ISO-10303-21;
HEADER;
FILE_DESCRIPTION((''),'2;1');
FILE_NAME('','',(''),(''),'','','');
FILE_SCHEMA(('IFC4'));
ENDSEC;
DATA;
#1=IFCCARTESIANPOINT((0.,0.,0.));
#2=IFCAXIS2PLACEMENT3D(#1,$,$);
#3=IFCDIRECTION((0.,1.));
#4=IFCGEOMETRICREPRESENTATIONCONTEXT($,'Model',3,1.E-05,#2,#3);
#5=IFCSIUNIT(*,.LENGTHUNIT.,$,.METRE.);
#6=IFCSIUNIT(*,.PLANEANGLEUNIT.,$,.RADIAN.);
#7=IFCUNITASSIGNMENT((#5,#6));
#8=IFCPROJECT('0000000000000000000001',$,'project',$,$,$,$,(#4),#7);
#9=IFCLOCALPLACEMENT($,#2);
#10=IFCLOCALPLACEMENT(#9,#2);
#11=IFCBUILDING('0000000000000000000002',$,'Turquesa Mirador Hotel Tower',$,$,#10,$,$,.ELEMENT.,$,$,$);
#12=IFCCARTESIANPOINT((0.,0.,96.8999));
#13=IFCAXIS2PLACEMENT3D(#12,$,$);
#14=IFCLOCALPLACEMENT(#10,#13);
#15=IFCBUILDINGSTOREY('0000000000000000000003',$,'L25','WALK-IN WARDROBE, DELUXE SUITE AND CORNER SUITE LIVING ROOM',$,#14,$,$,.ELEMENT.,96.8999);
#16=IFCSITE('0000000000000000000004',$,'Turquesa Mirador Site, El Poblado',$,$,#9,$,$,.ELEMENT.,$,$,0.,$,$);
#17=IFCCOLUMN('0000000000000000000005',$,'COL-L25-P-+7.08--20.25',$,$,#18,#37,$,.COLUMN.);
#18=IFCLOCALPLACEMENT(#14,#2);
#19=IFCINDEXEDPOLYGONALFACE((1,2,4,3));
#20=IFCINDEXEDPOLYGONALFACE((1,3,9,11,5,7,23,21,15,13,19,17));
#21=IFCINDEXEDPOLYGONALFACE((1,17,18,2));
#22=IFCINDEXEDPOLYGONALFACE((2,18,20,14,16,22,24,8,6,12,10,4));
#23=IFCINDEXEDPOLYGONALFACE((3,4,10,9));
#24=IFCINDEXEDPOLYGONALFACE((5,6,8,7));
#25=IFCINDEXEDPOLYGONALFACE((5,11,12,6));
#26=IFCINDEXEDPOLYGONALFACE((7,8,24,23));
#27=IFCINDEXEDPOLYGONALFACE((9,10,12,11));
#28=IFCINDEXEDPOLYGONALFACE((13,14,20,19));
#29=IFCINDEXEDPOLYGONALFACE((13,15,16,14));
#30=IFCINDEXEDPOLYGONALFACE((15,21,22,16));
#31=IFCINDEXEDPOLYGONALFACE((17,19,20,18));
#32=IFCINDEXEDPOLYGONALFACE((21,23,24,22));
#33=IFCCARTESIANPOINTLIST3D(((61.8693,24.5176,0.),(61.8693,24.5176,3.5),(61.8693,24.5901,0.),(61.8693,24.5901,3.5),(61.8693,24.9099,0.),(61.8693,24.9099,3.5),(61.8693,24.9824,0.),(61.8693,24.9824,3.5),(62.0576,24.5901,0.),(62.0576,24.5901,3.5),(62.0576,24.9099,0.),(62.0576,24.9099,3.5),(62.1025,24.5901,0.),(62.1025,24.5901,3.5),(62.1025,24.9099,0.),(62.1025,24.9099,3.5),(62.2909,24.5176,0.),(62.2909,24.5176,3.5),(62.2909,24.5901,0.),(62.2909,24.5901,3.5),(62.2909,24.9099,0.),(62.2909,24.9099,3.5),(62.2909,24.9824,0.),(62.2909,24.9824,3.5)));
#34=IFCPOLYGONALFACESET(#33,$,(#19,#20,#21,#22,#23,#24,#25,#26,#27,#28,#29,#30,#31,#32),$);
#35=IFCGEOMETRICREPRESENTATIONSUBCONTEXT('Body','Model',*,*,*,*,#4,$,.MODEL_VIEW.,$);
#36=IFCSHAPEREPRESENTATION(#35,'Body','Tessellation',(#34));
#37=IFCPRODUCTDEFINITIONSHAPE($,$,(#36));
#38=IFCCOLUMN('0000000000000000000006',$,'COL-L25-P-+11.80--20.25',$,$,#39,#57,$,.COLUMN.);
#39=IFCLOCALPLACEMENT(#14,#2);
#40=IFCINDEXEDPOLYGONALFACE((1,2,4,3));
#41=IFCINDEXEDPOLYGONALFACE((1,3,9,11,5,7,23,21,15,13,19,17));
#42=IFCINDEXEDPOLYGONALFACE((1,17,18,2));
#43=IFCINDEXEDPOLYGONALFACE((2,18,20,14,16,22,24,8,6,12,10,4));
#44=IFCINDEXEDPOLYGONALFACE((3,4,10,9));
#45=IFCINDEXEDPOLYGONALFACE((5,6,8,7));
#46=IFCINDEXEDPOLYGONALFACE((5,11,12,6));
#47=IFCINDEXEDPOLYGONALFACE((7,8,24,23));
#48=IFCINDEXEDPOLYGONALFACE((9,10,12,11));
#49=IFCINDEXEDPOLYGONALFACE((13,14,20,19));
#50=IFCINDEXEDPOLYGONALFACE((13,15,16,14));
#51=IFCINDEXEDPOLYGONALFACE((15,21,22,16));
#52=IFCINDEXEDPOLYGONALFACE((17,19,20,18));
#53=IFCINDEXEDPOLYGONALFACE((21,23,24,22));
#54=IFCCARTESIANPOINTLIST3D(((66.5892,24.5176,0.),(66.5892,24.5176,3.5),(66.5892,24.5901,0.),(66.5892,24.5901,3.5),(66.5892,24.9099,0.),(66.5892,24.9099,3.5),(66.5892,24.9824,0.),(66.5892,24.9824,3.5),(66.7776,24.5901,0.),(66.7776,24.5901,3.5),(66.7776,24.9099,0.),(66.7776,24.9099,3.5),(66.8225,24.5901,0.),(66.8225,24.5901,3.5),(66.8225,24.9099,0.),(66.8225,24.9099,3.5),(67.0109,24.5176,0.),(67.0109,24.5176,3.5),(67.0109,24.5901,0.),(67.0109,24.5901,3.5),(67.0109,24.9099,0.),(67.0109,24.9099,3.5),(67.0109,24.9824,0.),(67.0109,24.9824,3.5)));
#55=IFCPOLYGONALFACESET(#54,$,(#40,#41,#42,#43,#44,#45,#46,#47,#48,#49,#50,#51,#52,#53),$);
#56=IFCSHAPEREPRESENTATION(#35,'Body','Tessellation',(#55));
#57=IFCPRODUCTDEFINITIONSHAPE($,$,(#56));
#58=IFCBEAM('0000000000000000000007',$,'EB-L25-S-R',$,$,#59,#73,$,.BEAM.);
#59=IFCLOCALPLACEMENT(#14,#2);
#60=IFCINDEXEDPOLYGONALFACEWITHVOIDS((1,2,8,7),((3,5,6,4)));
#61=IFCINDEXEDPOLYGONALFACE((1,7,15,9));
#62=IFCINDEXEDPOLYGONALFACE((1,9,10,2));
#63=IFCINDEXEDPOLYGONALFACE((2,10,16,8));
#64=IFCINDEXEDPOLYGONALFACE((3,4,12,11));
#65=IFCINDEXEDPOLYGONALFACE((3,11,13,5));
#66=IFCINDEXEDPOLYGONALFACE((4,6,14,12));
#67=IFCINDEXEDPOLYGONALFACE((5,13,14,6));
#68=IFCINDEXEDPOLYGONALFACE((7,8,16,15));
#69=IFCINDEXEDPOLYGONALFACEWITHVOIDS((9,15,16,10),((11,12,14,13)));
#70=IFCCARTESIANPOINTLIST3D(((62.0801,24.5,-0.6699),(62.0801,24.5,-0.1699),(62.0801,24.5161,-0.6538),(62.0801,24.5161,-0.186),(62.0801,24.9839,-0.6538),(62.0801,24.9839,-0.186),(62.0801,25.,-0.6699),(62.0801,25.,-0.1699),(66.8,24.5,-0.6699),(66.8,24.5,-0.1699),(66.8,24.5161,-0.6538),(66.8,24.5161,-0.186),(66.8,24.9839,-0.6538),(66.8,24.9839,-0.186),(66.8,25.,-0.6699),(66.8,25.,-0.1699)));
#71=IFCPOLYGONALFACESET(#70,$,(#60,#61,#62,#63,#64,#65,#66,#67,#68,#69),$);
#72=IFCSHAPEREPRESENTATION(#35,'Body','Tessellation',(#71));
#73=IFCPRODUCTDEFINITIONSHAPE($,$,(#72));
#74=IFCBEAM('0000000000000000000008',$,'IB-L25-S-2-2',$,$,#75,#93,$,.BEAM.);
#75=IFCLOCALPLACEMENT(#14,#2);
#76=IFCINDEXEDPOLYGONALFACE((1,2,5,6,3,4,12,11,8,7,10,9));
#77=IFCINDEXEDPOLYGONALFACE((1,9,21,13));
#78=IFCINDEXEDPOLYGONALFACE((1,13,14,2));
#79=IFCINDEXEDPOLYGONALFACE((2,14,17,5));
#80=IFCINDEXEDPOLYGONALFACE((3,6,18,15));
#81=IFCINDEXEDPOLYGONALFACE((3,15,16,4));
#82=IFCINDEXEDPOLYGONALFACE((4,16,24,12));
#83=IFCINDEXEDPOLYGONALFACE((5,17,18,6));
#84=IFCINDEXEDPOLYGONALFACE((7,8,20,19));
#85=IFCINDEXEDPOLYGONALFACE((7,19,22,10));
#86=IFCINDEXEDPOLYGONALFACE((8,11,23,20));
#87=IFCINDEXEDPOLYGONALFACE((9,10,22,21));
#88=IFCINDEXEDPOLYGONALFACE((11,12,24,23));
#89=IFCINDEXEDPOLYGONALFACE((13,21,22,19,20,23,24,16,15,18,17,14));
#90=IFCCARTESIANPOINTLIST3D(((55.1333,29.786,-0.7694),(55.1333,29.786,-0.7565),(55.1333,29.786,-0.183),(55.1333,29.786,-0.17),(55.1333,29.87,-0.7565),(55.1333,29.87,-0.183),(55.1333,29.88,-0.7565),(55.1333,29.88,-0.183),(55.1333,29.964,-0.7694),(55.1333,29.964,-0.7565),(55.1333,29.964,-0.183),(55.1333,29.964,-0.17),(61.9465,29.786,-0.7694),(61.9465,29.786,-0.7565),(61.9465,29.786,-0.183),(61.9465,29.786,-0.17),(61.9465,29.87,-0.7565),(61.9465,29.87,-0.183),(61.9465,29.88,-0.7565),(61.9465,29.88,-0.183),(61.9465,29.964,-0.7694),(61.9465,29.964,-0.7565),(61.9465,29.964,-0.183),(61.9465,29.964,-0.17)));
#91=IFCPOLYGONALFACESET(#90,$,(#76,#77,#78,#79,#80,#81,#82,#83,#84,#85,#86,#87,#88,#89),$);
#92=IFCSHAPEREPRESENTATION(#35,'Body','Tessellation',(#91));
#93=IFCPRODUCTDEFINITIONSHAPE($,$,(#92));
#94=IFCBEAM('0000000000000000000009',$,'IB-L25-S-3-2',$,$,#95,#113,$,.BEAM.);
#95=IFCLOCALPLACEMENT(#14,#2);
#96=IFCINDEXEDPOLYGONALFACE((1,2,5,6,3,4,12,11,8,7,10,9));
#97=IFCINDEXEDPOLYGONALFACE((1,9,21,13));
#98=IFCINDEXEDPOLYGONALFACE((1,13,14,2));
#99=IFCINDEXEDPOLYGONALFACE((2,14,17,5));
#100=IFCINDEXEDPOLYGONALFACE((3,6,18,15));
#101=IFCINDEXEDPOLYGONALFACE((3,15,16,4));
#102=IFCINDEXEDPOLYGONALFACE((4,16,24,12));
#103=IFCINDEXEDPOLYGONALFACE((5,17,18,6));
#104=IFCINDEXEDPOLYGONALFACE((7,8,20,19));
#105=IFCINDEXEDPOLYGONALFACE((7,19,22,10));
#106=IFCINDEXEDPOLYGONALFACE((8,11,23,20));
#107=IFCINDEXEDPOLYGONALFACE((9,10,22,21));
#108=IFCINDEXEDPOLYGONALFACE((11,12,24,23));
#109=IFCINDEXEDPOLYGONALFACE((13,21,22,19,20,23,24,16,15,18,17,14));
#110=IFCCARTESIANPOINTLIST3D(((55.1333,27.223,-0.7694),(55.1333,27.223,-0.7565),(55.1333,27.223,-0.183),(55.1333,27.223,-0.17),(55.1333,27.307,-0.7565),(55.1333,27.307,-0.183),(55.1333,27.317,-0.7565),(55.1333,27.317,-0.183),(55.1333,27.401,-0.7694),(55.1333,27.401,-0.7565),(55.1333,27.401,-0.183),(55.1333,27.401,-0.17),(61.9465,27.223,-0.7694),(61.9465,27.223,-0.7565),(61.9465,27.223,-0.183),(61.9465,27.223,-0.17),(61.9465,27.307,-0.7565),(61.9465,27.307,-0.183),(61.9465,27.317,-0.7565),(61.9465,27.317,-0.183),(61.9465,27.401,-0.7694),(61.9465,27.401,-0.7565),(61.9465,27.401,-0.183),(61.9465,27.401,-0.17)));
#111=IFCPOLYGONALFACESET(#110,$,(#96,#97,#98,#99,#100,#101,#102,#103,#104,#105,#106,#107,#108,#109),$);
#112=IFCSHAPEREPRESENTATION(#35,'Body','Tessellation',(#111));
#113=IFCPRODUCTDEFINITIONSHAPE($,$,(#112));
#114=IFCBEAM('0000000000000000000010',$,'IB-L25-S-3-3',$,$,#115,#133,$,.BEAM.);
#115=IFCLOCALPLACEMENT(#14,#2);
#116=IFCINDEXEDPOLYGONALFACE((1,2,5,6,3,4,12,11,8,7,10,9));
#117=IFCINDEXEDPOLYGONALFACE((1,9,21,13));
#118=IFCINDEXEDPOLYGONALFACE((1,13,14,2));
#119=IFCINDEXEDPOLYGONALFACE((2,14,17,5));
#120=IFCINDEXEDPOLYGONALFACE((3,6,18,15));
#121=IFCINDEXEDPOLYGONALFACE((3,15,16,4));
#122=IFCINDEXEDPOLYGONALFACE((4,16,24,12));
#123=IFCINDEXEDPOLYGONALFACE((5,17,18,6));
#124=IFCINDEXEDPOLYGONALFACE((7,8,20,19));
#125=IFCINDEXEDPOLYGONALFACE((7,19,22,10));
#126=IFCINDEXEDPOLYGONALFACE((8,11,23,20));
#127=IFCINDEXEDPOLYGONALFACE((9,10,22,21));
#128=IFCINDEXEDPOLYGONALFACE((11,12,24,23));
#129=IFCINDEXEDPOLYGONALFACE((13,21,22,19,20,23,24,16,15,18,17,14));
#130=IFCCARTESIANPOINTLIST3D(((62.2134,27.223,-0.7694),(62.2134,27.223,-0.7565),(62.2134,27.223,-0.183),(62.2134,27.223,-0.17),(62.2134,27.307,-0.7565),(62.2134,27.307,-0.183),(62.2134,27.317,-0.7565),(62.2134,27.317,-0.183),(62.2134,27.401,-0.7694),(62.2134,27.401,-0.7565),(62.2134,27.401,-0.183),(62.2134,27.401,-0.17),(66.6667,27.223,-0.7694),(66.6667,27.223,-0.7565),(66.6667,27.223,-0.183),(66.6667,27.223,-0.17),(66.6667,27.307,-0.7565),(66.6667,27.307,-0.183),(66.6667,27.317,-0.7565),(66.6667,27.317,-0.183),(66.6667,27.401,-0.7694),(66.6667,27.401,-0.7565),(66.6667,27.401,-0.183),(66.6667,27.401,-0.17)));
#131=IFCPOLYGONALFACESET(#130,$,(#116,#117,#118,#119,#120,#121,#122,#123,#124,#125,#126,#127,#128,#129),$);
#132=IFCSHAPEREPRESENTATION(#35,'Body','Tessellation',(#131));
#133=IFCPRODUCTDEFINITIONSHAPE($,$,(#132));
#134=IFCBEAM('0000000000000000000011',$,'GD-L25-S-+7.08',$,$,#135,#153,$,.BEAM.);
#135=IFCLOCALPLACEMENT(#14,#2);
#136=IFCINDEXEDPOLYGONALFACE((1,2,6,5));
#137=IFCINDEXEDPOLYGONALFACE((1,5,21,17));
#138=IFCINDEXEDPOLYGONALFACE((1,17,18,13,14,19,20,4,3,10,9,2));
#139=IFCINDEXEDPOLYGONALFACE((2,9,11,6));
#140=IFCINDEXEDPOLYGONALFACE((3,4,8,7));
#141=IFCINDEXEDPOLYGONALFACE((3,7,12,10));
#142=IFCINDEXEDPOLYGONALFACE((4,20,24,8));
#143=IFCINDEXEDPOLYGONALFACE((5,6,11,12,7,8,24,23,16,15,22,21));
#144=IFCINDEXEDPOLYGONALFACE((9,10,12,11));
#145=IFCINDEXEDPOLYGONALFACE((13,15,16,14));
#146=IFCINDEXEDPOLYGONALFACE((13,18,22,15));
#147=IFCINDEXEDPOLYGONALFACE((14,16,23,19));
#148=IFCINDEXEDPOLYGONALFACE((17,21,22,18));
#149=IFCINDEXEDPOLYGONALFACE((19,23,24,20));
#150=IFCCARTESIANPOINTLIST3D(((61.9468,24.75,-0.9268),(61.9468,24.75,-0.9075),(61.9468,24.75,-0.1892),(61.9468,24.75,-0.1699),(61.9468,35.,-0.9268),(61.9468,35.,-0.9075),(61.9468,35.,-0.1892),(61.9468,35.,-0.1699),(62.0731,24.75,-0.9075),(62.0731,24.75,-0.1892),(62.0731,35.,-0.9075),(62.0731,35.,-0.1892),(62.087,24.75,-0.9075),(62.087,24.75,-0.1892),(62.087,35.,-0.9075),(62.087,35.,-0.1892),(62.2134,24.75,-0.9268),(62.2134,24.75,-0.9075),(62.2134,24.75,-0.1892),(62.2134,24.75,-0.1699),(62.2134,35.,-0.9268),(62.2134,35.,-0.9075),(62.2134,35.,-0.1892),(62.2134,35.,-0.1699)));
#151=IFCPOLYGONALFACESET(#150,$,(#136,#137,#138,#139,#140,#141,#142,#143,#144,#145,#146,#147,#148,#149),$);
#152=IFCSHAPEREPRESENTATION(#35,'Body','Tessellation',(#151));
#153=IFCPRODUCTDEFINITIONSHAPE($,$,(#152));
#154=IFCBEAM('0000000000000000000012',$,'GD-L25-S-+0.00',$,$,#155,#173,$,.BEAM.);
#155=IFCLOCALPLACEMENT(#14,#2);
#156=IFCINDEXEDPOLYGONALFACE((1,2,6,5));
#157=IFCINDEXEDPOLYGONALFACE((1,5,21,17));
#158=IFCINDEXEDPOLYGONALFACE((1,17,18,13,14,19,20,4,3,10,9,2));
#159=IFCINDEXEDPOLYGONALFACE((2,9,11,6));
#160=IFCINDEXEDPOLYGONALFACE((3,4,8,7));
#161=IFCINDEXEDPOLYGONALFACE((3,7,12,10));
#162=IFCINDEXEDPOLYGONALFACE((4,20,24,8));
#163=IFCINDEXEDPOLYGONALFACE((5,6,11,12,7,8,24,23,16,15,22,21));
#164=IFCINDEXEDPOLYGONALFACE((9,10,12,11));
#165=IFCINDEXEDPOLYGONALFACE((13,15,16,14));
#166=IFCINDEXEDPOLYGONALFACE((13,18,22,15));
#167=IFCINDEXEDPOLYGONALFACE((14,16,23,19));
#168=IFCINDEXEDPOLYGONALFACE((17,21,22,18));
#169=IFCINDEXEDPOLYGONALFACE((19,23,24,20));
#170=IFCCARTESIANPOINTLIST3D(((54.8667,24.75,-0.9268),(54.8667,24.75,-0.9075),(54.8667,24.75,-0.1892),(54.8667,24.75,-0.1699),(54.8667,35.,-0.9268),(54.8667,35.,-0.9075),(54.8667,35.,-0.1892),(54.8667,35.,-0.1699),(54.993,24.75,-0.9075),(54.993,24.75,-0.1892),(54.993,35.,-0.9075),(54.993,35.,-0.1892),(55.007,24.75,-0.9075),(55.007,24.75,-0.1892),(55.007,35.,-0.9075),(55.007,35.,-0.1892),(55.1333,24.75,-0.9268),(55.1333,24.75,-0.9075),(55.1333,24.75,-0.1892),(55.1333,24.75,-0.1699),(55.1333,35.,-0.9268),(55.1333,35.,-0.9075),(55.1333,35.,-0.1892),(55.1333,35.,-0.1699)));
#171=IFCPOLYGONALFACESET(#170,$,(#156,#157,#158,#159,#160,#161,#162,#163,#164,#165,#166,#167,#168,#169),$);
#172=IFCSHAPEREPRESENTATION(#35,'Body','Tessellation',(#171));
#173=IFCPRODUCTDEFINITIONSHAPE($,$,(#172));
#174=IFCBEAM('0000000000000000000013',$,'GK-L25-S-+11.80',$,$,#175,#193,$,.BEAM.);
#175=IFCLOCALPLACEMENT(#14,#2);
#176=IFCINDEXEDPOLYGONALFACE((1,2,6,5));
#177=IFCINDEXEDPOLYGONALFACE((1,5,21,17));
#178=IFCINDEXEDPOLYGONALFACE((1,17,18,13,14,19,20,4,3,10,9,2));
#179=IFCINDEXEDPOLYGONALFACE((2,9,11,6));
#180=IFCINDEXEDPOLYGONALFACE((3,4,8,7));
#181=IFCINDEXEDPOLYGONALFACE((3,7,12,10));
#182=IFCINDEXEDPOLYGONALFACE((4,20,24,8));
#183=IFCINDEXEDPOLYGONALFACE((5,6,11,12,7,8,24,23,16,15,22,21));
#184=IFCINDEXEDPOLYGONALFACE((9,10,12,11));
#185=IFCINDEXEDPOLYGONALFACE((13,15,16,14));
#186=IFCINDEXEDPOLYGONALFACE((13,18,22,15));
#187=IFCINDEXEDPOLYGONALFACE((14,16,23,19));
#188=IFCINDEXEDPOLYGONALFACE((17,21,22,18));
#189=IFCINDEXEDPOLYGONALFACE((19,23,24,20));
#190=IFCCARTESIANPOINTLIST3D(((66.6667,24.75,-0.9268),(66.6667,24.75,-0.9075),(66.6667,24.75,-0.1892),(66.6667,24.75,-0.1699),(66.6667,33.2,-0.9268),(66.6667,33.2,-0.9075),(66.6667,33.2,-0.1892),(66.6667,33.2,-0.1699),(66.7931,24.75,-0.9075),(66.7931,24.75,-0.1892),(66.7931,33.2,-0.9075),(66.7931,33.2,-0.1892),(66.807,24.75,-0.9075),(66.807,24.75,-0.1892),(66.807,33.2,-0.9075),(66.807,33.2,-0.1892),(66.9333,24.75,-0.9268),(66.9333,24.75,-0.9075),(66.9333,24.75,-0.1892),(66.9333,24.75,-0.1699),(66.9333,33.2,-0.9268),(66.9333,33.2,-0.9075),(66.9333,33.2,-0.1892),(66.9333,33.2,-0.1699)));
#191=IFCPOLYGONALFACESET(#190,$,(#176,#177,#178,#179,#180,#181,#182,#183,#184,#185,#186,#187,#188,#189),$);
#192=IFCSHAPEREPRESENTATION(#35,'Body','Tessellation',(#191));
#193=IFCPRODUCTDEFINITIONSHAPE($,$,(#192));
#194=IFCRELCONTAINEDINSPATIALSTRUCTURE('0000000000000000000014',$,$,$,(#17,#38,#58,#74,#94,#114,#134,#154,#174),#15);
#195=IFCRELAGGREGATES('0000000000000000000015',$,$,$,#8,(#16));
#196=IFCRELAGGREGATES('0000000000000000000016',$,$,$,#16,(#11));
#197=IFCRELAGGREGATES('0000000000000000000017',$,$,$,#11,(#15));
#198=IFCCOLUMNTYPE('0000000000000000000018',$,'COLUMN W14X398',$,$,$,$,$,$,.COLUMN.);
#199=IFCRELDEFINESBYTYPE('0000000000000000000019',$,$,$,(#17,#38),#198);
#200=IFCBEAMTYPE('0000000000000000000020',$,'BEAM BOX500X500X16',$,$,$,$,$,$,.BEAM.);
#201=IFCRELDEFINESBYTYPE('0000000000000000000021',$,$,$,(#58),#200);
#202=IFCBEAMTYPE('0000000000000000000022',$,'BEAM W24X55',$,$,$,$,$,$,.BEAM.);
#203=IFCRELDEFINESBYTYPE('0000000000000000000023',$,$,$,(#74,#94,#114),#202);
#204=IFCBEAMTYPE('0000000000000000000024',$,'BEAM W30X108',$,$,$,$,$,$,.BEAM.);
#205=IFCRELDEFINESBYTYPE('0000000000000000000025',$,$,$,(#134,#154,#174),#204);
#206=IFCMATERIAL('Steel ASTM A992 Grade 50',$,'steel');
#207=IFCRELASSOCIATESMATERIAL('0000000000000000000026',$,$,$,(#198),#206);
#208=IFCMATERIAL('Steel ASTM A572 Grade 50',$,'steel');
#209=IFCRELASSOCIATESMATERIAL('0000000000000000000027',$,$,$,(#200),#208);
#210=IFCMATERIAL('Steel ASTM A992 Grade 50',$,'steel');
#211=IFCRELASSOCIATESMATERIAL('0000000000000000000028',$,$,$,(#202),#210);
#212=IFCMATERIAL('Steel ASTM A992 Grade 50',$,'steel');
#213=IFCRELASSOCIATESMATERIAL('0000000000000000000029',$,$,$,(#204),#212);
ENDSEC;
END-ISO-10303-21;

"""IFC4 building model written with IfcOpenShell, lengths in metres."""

from ifc_helpers import new_model, si_unit, direction, frame, origin, origin_2d, place, context, subcontext, project, spatial, hollow_rectangle, i_section, extrude, material, material_profile, profile_set, type_object, element, save


model = new_model("IFC4")

# Units and contexts
model_context = context("Model", 3, precision=1e-05, world=origin(), true_north=direction((0.0, 1.0)))
body_context = subcontext(model_context, "Body", "Model", "MODEL_VIEW")
ifc_project = project(units=[si_unit("LENGTHUNIT", "METRE"), si_unit("PLANEANGLEUNIT", "RADIAN")], contexts=[model_context])

# Site, building, storey
site_placement = place(None, origin())
site = spatial("IfcSite", under=ifc_project, at=site_placement, Name="Turquesa Mirador Site, El Poblado", CompositionType="ELEMENT", RefElevation=0.0)
building_placement = place(site_placement, origin())
building = spatial("IfcBuilding", under=site, at=building_placement, Name="Turquesa Mirador Hotel Tower", CompositionType="ELEMENT")
storey_placement = place(building_placement, frame((0.0, 0.0, 96.8999)))
storey = spatial("IfcBuildingStorey", under=building, at=storey_placement, Name="L25", Description="WALK-IN WARDROBE, DELUXE SUITE AND CORNER SUITE LIVING ROOM", CompositionType="ELEMENT", Elevation=96.8999)

# Columns
ifc_material_1 = material(Name="Steel ASTM A992 Grade 50", Category="steel")
ifc_material_profile_1 = material_profile(ifc_material_1, i_section(OverallWidth=0.4216, OverallDepth=0.4648, WebThickness=0.0449, FlangeThickness=0.0725, at=origin_2d()), Name="W14X398")
ifc_profile_set_1 = profile_set([ifc_material_profile_1], Name="Steel ASTM A992 Grade 50")
column_type = type_object("IfcColumnType", Name="COLUMN W14X398", PredefinedType="COLUMN", material=ifc_profile_set_1)
for number, where, z_axis, x_axis, name in (
    (1, (62.0801, 24.75, 0.0), (0.0, 0.0, 1.0), (1.0, 0.0, 0.0), "COL-L25-P-+7.08--20.25"),
    (2, (66.8, 24.75, 0.0), (0.0, 0.0, 1.0), (1.0, 0.0, 0.0), "COL-L25-P-+11.80--20.25"),
):
    element("IfcColumn", number, at=place(storey_placement, frame(where, z_axis=z_axis, x_axis=x_axis)), inside=storey, type_object=column_type, Name=name, PredefinedType="COLUMN", context=body_context, shape_type="SweptSolid", body=[
        extrude(i_section(OverallWidth=0.4216, OverallDepth=0.4648, WebThickness=0.0449, FlangeThickness=0.0725, at=origin_2d()), origin(), (0.0, 0.0, 1.0), 3.5),
    ])

# Beams
ifc_material_2 = material(Name="Steel ASTM A572 Grade 50", Category="steel")
ifc_material_profile_2 = material_profile(ifc_material_2, hollow_rectangle(XDim=0.5, YDim=0.5, WallThickness=0.0161, at=origin_2d()), Name="BOX500X500X16")
ifc_profile_set_2 = profile_set([ifc_material_profile_2], Name="Steel ASTM A572 Grade 50")
beam_type_1 = type_object("IfcBeamType", Name="BEAM BOX500X500X16", PredefinedType="BEAM", material=ifc_profile_set_2)
beam_1_placement = place(storey_placement, frame((62.0801, 24.75, -0.4199), z_axis=(1.0, 0.0, 0.0), x_axis=(0.0, 1.0, 0.0)))
element("IfcBeam", 3, at=beam_1_placement, inside=storey, type_object=beam_type_1, Name="EB-L25-S-R", PredefinedType="BEAM", context=body_context, shape_type="SweptSolid", body=[
    extrude(hollow_rectangle(XDim=0.5, YDim=0.5, WallThickness=0.0161, at=origin_2d()), origin(), (0.0, 0.0, 1.0), 4.72),
])
ifc_material_3 = material(Name="Steel ASTM A992 Grade 50", Category="steel")
ifc_material_profile_3 = material_profile(ifc_material_3, i_section(OverallWidth=0.178, OverallDepth=0.5994, WebThickness=0.01, FlangeThickness=0.0129, at=origin_2d()), Name="W24X55")
ifc_profile_set_3 = profile_set([ifc_material_profile_3], Name="Steel ASTM A992 Grade 50")
beam_type_2 = type_object("IfcBeamType", Name="BEAM W24X55", PredefinedType="BEAM", material=ifc_profile_set_3)
for number, where, z_axis, x_axis, name in (
    (4, (55.1333, 29.875, -0.4697), (1.0, 0.0, 0.0), (0.0, 1.0, 0.0), "IB-L25-S-2-2"),
    (5, (55.1333, 27.312, -0.4697), (1.0, 0.0, 0.0), (0.0, 1.0, 0.0), "IB-L25-S-3-2"),
):
    element("IfcBeam", number, at=place(storey_placement, frame(where, z_axis=z_axis, x_axis=x_axis)), inside=storey, type_object=beam_type_2, Name=name, PredefinedType="BEAM", context=body_context, shape_type="SweptSolid", body=[
        extrude(i_section(OverallWidth=0.178, OverallDepth=0.5994, WebThickness=0.01, FlangeThickness=0.0129, at=origin_2d()), origin(), (0.0, 0.0, 1.0), 6.8132),
    ])
beam_2_placement = place(storey_placement, frame((62.2134, 27.312, -0.4697), z_axis=(1.0, 0.0, 0.0), x_axis=(0.0, 1.0, 0.0)))
element("IfcBeam", 6, at=beam_2_placement, inside=storey, type_object=beam_type_2, Name="IB-L25-S-3-3", PredefinedType="BEAM", context=body_context, shape_type="SweptSolid", body=[
    extrude(i_section(OverallWidth=0.178, OverallDepth=0.5994, WebThickness=0.01, FlangeThickness=0.0129, at=origin_2d()), origin(), (0.0, 0.0, 1.0), 4.4534),
])
ifc_material_4 = material(Name="Steel ASTM A992 Grade 50", Category="steel")
ifc_material_profile_4 = material_profile(ifc_material_4, i_section(OverallWidth=0.2666, OverallDepth=0.7568, WebThickness=0.0139, FlangeThickness=0.0193, at=origin_2d()), Name="W30X108")
ifc_profile_set_4 = profile_set([ifc_material_profile_4], Name="Steel ASTM A992 Grade 50")
beam_type_3 = type_object("IfcBeamType", Name="BEAM W30X108", PredefinedType="BEAM", material=ifc_profile_set_4)
for number, where, z_axis, x_axis, name in (
    (7, (62.0801, 24.75, -0.5483), (0.0, 1.0, 0.0), (-1.0, 0.0, 0.0), "GD-L25-S-+7.08"),
    (8, (55.0, 24.75, -0.5483), (0.0, 1.0, 0.0), (-1.0, 0.0, 0.0), "GD-L25-S-+0.00"),
):
    element("IfcBeam", number, at=place(storey_placement, frame(where, z_axis=z_axis, x_axis=x_axis)), inside=storey, type_object=beam_type_3, Name=name, PredefinedType="BEAM", context=body_context, shape_type="SweptSolid", body=[
        extrude(i_section(OverallWidth=0.2666, OverallDepth=0.7568, WebThickness=0.0139, FlangeThickness=0.0193, at=origin_2d()), origin(), (0.0, 0.0, 1.0), 10.25),
    ])
beam_3_placement = place(storey_placement, frame((66.8, 24.75, -0.5483), z_axis=(0.0, 1.0, 0.0), x_axis=(-1.0, 0.0, 0.0)))
element("IfcBeam", 9, at=beam_3_placement, inside=storey, type_object=beam_type_3, Name="GK-L25-S-+11.80", PredefinedType="BEAM", context=body_context, shape_type="SweptSolid", body=[
    extrude(i_section(OverallWidth=0.2666, OverallDepth=0.7568, WebThickness=0.0139, FlangeThickness=0.0193, at=origin_2d()), origin(), (0.0, 0.0, 1.0), 8.45),
])

save(model, "model.ifc")
